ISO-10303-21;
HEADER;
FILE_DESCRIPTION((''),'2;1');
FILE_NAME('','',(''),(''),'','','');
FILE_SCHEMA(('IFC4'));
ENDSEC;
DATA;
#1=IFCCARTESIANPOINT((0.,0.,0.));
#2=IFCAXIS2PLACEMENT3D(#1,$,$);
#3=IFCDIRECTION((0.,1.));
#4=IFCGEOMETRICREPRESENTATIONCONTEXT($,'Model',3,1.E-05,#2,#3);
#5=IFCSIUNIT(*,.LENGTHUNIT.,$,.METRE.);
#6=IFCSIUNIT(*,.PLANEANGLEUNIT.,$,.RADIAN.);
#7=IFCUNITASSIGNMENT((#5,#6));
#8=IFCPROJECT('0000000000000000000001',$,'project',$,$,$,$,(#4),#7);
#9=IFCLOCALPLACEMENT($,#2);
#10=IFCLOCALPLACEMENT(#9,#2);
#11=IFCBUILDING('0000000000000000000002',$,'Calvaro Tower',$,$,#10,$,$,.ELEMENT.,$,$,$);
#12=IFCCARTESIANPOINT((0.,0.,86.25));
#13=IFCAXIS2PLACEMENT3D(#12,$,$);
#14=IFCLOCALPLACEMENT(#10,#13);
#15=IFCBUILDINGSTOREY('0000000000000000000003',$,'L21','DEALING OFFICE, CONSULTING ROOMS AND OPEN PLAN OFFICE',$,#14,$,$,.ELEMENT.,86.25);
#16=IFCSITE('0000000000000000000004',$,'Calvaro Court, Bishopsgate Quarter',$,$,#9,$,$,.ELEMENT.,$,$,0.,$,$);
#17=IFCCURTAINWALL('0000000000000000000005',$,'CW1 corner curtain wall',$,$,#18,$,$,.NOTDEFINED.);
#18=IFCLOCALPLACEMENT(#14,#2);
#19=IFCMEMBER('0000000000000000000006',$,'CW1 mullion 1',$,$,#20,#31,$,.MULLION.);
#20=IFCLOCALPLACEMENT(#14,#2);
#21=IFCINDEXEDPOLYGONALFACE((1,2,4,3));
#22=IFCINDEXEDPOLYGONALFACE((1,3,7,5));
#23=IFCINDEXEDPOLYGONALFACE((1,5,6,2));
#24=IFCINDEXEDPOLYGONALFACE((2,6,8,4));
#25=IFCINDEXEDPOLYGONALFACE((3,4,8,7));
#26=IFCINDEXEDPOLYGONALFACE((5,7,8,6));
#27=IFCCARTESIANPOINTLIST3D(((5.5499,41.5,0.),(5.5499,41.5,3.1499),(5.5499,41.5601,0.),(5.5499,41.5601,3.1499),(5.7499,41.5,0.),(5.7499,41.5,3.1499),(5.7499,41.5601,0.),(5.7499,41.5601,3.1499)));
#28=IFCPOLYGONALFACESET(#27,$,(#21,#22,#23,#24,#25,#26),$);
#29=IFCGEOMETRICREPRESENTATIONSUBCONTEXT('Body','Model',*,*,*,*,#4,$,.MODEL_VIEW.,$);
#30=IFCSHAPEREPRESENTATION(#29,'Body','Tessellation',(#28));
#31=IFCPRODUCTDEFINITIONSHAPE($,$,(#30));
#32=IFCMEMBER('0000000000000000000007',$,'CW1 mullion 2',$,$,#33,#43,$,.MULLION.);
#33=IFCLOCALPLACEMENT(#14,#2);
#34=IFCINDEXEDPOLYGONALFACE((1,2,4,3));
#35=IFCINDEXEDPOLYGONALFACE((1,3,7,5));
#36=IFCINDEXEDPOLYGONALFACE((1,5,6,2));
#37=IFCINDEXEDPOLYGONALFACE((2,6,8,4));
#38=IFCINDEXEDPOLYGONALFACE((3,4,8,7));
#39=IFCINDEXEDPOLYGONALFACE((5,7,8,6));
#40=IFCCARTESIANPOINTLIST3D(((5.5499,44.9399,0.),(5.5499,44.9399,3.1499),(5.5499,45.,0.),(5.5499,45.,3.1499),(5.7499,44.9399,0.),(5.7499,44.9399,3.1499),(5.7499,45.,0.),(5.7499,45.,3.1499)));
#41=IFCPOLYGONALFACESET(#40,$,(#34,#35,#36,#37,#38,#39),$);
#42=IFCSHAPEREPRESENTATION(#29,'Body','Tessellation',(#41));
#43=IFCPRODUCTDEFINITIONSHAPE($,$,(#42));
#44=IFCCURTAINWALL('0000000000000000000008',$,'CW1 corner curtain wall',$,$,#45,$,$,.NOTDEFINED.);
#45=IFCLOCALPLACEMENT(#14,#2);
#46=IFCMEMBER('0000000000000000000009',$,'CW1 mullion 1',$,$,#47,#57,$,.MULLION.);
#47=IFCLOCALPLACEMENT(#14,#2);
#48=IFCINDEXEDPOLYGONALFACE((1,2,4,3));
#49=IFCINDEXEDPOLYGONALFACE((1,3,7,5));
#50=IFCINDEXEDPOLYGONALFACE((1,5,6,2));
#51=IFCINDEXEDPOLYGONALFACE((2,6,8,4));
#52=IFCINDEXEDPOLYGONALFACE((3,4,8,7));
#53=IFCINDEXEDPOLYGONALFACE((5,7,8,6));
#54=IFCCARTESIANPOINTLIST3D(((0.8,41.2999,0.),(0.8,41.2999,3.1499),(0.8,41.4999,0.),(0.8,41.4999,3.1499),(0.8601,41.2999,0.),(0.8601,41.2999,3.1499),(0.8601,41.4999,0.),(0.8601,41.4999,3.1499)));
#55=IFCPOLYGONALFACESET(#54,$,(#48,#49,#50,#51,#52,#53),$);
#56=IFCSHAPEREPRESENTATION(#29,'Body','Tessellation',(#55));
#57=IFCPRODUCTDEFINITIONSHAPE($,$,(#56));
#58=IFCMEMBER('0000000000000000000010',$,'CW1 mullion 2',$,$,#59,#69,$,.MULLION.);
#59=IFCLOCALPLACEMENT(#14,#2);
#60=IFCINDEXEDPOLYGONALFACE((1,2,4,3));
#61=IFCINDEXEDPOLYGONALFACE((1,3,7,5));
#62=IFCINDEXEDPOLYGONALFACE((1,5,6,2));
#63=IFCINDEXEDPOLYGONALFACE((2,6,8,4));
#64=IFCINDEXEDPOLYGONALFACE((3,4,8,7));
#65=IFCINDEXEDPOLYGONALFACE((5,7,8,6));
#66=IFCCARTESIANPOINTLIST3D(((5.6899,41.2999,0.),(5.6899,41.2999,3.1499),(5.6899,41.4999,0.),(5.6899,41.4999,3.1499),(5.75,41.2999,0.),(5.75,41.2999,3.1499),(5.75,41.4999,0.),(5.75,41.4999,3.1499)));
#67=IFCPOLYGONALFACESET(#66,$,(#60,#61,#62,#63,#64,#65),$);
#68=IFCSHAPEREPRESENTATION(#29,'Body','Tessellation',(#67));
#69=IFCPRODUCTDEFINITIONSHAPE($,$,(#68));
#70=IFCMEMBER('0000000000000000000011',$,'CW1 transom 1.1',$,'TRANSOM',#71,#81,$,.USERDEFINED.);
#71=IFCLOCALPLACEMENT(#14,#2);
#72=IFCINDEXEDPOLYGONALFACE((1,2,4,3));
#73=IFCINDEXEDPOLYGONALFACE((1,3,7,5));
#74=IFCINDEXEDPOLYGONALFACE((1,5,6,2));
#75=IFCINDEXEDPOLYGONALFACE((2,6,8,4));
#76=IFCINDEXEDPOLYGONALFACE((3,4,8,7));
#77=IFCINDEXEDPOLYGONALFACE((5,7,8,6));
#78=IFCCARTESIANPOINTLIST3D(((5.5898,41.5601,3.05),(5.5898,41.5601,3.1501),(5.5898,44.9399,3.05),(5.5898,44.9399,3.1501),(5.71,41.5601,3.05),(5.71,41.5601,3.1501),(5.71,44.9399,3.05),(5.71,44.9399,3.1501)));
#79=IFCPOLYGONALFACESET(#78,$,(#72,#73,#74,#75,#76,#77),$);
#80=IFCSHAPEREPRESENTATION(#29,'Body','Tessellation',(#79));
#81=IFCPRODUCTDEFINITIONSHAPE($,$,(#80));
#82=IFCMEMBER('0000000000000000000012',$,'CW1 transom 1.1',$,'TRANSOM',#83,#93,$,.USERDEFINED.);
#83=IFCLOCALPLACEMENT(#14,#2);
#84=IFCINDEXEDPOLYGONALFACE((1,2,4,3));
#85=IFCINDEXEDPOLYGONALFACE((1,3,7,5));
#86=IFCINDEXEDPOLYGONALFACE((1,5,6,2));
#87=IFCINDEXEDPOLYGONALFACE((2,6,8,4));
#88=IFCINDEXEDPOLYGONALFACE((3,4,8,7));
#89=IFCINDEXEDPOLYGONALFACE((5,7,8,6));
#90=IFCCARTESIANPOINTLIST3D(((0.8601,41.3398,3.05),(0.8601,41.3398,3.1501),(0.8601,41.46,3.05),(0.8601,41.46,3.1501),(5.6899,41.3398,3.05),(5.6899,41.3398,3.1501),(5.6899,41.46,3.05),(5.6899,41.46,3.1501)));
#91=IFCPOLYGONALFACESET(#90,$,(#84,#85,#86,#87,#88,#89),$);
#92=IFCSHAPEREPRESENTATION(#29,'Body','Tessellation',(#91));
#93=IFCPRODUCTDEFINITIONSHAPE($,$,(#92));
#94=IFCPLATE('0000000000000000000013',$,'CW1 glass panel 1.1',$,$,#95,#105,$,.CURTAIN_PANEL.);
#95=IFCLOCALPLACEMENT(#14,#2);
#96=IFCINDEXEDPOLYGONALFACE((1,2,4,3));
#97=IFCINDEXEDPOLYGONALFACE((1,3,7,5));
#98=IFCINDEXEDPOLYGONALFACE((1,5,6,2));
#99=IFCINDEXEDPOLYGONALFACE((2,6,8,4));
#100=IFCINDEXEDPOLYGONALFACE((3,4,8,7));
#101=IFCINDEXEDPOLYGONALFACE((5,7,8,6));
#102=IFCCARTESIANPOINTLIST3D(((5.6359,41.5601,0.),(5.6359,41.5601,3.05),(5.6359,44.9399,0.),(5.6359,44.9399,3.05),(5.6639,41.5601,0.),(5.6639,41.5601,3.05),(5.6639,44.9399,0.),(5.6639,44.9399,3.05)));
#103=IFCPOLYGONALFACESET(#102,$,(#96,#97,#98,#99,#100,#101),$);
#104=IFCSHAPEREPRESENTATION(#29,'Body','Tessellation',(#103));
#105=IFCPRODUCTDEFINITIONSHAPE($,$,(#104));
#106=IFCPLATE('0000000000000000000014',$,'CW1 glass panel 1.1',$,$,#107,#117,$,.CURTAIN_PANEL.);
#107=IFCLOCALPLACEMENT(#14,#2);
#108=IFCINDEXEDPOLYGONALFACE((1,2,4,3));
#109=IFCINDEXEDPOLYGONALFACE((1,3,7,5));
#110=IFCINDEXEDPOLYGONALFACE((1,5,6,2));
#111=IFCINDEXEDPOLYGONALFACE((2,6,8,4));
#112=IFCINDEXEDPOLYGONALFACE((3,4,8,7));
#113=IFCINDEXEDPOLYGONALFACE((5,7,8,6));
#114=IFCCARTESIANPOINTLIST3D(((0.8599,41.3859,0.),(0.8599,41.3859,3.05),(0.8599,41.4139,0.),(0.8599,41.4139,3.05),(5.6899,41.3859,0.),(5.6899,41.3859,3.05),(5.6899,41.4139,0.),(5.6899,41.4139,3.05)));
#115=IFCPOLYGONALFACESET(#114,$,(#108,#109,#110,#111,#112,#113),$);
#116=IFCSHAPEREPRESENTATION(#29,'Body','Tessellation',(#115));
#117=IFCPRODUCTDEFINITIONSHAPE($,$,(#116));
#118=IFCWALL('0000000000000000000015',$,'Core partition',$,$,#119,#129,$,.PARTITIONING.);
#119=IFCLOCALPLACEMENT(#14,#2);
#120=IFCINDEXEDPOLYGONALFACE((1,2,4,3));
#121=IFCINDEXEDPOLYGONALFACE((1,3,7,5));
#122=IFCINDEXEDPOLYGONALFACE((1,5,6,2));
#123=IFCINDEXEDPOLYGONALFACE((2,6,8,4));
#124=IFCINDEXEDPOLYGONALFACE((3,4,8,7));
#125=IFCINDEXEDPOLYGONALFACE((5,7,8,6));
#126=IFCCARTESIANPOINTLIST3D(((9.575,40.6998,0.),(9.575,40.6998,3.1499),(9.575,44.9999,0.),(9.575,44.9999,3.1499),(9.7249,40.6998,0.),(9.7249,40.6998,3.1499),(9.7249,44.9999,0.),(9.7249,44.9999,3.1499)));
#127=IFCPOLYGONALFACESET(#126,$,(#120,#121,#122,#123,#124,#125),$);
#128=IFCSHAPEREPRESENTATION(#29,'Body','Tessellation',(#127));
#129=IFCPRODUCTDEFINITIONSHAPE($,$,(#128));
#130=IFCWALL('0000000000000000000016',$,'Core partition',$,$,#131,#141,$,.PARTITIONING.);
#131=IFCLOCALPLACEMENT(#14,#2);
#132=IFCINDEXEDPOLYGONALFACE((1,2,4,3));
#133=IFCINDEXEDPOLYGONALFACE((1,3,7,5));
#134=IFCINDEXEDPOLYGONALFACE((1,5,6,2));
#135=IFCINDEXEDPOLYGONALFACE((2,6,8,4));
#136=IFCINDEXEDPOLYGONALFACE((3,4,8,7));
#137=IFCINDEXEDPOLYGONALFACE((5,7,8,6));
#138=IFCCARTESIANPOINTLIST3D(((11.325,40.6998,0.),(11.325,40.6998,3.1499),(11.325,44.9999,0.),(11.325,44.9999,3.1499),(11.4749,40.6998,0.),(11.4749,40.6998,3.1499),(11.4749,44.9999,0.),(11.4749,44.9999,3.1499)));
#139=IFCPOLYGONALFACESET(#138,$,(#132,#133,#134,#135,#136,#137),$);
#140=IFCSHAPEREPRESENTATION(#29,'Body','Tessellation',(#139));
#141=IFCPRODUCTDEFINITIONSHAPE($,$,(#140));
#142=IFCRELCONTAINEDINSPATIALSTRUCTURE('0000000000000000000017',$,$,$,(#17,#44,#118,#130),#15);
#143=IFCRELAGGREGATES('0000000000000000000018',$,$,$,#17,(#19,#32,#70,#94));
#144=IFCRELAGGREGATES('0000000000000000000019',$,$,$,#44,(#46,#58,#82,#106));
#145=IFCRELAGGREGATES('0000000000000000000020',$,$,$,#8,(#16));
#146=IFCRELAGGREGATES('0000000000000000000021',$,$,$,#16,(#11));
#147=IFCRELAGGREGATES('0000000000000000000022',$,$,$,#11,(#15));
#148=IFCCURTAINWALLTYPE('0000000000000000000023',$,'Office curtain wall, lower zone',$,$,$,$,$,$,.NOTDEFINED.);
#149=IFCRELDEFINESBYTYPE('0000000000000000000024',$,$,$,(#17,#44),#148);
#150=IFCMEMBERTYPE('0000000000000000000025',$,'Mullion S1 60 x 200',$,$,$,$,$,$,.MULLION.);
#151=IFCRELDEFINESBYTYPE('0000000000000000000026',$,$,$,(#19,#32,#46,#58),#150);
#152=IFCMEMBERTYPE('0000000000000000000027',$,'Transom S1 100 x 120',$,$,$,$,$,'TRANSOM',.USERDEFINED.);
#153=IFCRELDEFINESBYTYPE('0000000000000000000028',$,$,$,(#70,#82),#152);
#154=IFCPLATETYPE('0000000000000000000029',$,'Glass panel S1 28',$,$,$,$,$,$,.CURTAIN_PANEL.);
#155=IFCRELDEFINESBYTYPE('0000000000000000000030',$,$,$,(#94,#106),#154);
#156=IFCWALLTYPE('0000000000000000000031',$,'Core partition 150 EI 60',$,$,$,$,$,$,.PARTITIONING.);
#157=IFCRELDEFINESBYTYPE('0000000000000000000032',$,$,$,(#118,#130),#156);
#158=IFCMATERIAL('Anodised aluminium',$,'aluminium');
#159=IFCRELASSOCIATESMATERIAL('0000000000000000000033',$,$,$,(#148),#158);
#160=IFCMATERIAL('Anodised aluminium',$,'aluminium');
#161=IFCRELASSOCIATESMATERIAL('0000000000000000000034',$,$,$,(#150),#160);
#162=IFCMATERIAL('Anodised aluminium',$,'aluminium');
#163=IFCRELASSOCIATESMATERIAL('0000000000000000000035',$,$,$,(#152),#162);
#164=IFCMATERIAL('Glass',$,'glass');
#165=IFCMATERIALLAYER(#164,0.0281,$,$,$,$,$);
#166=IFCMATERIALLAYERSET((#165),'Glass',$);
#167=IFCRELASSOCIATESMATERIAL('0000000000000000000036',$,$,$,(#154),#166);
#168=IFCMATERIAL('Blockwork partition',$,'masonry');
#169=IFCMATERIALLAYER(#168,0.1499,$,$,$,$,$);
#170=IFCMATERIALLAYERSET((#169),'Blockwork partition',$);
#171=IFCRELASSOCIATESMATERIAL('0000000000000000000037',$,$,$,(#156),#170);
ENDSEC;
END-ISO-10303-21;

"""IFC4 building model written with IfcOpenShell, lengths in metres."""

from ifc_helpers import new_model, si_unit, direction, frame, frame_2d, origin, origin_2d, place, context, subcontext, project, spatial, rectangle, extrude, material, layer, layer_set, material_profile, profile_set, type_object, element, aggregate, save


model = new_model("IFC4")

# Units and contexts
model_context = context("Model", 3, precision=1e-05, world=origin(), true_north=direction((0.0, 1.0)))
body_context = subcontext(model_context, "Body", "Model", "MODEL_VIEW")
ifc_project = project(units=[si_unit("LENGTHUNIT", "METRE"), si_unit("PLANEANGLEUNIT", "RADIAN")], contexts=[model_context])

# Site, building, storey
site_placement = place(None, origin())
site = spatial("IfcSite", under=ifc_project, at=site_placement, Name="Calvaro Court, Bishopsgate Quarter", CompositionType="ELEMENT", RefElevation=0.0)
building_placement = place(site_placement, origin())
building = spatial("IfcBuilding", under=site, at=building_placement, Name="Calvaro Tower", CompositionType="ELEMENT")
storey_placement = place(building_placement, frame((0.0, 0.0, 86.25)))
storey = spatial("IfcBuildingStorey", under=building, at=storey_placement, Name="L21", Description="DEALING OFFICE, CONSULTING ROOMS AND OPEN PLAN OFFICE", CompositionType="ELEMENT", Elevation=86.25)

# Curtain walls, members
ifc_material_1 = material(Name="Anodised aluminium", Category="aluminium")
curtain_wall_type = type_object("IfcCurtainWallType", Name="Office curtain wall, lower zone", PredefinedType="NOTDEFINED", material=ifc_material_1)
curtain_wall_1_placement = place(storey_placement, origin())
curtain_wall_1 = element("IfcCurtainWall", 1, at=curtain_wall_1_placement, inside=storey, type_object=curtain_wall_type, Name="CW1 corner curtain wall", PredefinedType="NOTDEFINED")
ifc_material_2 = material(Name="Anodised aluminium", Category="aluminium")
ifc_material_profile_1 = material_profile(ifc_material_2, rectangle(XDim=0.2, YDim=0.0601, at=origin_2d()), Name="Mullion S1 60 x 200")
ifc_profile_set_1 = profile_set([ifc_material_profile_1], Name="Anodised aluminium")
member_type_1 = type_object("IfcMemberType", Name="Mullion S1 60 x 200", PredefinedType="MULLION", material=ifc_profile_set_1)
member_1_placement = place(storey_placement, frame((5.6499, 41.53, 0.0), z_axis=(0.0, 0.0, 1.0), x_axis=(-1.0, 0.0, 0.0)))
member_1 = element("IfcMember", 2, at=member_1_placement, type_object=member_type_1, Name="CW1 mullion 1", PredefinedType="MULLION", context=body_context, shape_type="SweptSolid", body=[
    extrude(rectangle(XDim=0.2, YDim=0.0601, at=origin_2d()), origin(), (0.0, 0.0, 1.0), 3.1499),
])
member_2_placement = place(storey_placement, frame((5.6499, 44.97, 0.0), z_axis=(0.0, 0.0, 1.0), x_axis=(-1.0, 0.0, 0.0)))
member_2 = element("IfcMember", 3, at=member_2_placement, type_object=member_type_1, Name="CW1 mullion 2", PredefinedType="MULLION", context=body_context, shape_type="SweptSolid", body=[
    extrude(rectangle(XDim=0.2, YDim=0.0601, at=origin_2d()), origin(), (0.0, 0.0, 1.0), 3.1499),
])
curtain_wall_2_placement = place(storey_placement, origin())
curtain_wall_2 = element("IfcCurtainWall", 4, at=curtain_wall_2_placement, inside=storey, type_object=curtain_wall_type, Name="CW1 corner curtain wall", PredefinedType="NOTDEFINED")
member_3_placement = place(storey_placement, frame((0.8301, 41.3999, 0.0), z_axis=(0.0, 0.0, 1.0), x_axis=(0.0, 1.0, 0.0)))
member_3 = element("IfcMember", 5, at=member_3_placement, type_object=member_type_1, Name="CW1 mullion 1", PredefinedType="MULLION", context=body_context, shape_type="SweptSolid", body=[
    extrude(rectangle(XDim=0.2, YDim=0.0601, at=origin_2d()), origin(), (0.0, 0.0, 1.0), 3.1499),
])
member_4_placement = place(storey_placement, frame((5.72, 41.3999, 0.0), z_axis=(0.0, 0.0, 1.0), x_axis=(0.0, 1.0, 0.0)))
member_4 = element("IfcMember", 6, at=member_4_placement, type_object=member_type_1, Name="CW1 mullion 2", PredefinedType="MULLION", context=body_context, shape_type="SweptSolid", body=[
    extrude(rectangle(XDim=0.2, YDim=0.0601, at=origin_2d()), origin(), (0.0, 0.0, 1.0), 3.1499),
])

# Members
ifc_material_3 = material(Name="Anodised aluminium", Category="aluminium")
ifc_material_profile_2 = material_profile(ifc_material_3, rectangle(XDim=0.1201, YDim=0.1001, at=origin_2d()), Name="Transom S1 100 x 120")
ifc_profile_set_2 = profile_set([ifc_material_profile_2], Name="Anodised aluminium")
member_type_2 = type_object("IfcMemberType", Name="Transom S1 100 x 120", ElementType="TRANSOM", PredefinedType="USERDEFINED", material=ifc_profile_set_2)
member_5_placement = place(storey_placement, frame((5.6499, 41.5601, 3.1001), z_axis=(0.0, 1.0, 0.0), x_axis=(-1.0, 0.0, 0.0)))
member_5 = element("IfcMember", 7, at=member_5_placement, type_object=member_type_2, Name="CW1 transom 1.1", ObjectType="TRANSOM", PredefinedType="USERDEFINED", context=body_context, shape_type="SweptSolid", body=[
    extrude(rectangle(XDim=0.1201, YDim=0.1001, at=origin_2d()), origin(), (0.0, 0.0, 1.0), 3.3799),
])
member_6_placement = place(storey_placement, frame((0.8601, 41.3999, 3.1001), z_axis=(1.0, 0.0, 0.0), x_axis=(0.0, 1.0, 0.0)))
member_6 = element("IfcMember", 8, at=member_6_placement, type_object=member_type_2, Name="CW1 transom 1.1", ObjectType="TRANSOM", PredefinedType="USERDEFINED", context=body_context, shape_type="SweptSolid", body=[
    extrude(rectangle(XDim=0.1201, YDim=0.1001, at=origin_2d()), origin(), (0.0, 0.0, 1.0), 4.8298),
])

# Plates
ifc_material_4 = material(Name="Glass", Category="glass")
ifc_layer_1 = layer(ifc_material_4, 0.0281)
ifc_layer_set_1 = layer_set([ifc_layer_1], Name="Glass")
plate_type = type_object("IfcPlateType", Name="Glass panel S1 28", PredefinedType="CURTAIN_PANEL", material=ifc_layer_set_1)
plate_1_placement = place(storey_placement, frame((5.6499, 43.25, 0.0), z_axis=(0.0, 0.0, 1.0), x_axis=(0.0, 1.0, 0.0)))
plate_1 = element("IfcPlate", 9, at=plate_1_placement, type_object=plate_type, Name="CW1 glass panel 1.1", PredefinedType="CURTAIN_PANEL", context=body_context, shape_type="SweptSolid", body=[
    extrude(rectangle(XDim=3.3799, YDim=0.0281, at=origin_2d()), origin(), (0.0, 0.0, 1.0), 3.05),
])
aggregate(curtain_wall_1, [member_1, member_2, member_5, plate_1])
plate_2_placement = place(storey_placement, frame((3.2749, 41.3999, 0.0), z_axis=(0.0, 0.0, 1.0), x_axis=(1.0, 0.0, 0.0)))
plate_2 = element("IfcPlate", 10, at=plate_2_placement, type_object=plate_type, Name="CW1 glass panel 1.1", PredefinedType="CURTAIN_PANEL", context=body_context, shape_type="SweptSolid", body=[
    extrude(rectangle(XDim=4.8301, YDim=0.0281, at=origin_2d()), origin(), (0.0, 0.0, 1.0), 3.05),
])
aggregate(curtain_wall_2, [member_3, member_4, member_6, plate_2])

# Walls
ifc_material_5 = material(Name="Blockwork partition", Category="masonry")
ifc_layer_2 = layer(ifc_material_5, 0.1499)
ifc_layer_set_2 = layer_set([ifc_layer_2], Name="Blockwork partition")
wall_type_1 = type_object("IfcWallType", Name="Core partition 150 EI 60", PredefinedType="PARTITIONING", material=ifc_layer_set_2)
for number, where, z_axis, x_axis, name in (
    (11, (9.6499, 40.7, 0.0), (0.0, 0.0, 1.0), (0.0, 1.0, 0.0), "Core partition"),
    (12, (11.3999, 40.7, 0.0), (0.0, 0.0, 1.0), (0.0, 1.0, 0.0), "Core partition"),
):
    element("IfcWall", number, at=place(storey_placement, frame(where, z_axis=z_axis, x_axis=x_axis)), inside=storey, type_object=wall_type_1, Name=name, PredefinedType="PARTITIONING", context=body_context, shape_type="SweptSolid", body=[
        extrude(rectangle(XDim=4.3, YDim=0.1499, at=frame_2d((2.1499, 0.0))), origin(), (0.0, 0.0, 1.0), 3.1499),
    ])

save(model, "model.ifc")
